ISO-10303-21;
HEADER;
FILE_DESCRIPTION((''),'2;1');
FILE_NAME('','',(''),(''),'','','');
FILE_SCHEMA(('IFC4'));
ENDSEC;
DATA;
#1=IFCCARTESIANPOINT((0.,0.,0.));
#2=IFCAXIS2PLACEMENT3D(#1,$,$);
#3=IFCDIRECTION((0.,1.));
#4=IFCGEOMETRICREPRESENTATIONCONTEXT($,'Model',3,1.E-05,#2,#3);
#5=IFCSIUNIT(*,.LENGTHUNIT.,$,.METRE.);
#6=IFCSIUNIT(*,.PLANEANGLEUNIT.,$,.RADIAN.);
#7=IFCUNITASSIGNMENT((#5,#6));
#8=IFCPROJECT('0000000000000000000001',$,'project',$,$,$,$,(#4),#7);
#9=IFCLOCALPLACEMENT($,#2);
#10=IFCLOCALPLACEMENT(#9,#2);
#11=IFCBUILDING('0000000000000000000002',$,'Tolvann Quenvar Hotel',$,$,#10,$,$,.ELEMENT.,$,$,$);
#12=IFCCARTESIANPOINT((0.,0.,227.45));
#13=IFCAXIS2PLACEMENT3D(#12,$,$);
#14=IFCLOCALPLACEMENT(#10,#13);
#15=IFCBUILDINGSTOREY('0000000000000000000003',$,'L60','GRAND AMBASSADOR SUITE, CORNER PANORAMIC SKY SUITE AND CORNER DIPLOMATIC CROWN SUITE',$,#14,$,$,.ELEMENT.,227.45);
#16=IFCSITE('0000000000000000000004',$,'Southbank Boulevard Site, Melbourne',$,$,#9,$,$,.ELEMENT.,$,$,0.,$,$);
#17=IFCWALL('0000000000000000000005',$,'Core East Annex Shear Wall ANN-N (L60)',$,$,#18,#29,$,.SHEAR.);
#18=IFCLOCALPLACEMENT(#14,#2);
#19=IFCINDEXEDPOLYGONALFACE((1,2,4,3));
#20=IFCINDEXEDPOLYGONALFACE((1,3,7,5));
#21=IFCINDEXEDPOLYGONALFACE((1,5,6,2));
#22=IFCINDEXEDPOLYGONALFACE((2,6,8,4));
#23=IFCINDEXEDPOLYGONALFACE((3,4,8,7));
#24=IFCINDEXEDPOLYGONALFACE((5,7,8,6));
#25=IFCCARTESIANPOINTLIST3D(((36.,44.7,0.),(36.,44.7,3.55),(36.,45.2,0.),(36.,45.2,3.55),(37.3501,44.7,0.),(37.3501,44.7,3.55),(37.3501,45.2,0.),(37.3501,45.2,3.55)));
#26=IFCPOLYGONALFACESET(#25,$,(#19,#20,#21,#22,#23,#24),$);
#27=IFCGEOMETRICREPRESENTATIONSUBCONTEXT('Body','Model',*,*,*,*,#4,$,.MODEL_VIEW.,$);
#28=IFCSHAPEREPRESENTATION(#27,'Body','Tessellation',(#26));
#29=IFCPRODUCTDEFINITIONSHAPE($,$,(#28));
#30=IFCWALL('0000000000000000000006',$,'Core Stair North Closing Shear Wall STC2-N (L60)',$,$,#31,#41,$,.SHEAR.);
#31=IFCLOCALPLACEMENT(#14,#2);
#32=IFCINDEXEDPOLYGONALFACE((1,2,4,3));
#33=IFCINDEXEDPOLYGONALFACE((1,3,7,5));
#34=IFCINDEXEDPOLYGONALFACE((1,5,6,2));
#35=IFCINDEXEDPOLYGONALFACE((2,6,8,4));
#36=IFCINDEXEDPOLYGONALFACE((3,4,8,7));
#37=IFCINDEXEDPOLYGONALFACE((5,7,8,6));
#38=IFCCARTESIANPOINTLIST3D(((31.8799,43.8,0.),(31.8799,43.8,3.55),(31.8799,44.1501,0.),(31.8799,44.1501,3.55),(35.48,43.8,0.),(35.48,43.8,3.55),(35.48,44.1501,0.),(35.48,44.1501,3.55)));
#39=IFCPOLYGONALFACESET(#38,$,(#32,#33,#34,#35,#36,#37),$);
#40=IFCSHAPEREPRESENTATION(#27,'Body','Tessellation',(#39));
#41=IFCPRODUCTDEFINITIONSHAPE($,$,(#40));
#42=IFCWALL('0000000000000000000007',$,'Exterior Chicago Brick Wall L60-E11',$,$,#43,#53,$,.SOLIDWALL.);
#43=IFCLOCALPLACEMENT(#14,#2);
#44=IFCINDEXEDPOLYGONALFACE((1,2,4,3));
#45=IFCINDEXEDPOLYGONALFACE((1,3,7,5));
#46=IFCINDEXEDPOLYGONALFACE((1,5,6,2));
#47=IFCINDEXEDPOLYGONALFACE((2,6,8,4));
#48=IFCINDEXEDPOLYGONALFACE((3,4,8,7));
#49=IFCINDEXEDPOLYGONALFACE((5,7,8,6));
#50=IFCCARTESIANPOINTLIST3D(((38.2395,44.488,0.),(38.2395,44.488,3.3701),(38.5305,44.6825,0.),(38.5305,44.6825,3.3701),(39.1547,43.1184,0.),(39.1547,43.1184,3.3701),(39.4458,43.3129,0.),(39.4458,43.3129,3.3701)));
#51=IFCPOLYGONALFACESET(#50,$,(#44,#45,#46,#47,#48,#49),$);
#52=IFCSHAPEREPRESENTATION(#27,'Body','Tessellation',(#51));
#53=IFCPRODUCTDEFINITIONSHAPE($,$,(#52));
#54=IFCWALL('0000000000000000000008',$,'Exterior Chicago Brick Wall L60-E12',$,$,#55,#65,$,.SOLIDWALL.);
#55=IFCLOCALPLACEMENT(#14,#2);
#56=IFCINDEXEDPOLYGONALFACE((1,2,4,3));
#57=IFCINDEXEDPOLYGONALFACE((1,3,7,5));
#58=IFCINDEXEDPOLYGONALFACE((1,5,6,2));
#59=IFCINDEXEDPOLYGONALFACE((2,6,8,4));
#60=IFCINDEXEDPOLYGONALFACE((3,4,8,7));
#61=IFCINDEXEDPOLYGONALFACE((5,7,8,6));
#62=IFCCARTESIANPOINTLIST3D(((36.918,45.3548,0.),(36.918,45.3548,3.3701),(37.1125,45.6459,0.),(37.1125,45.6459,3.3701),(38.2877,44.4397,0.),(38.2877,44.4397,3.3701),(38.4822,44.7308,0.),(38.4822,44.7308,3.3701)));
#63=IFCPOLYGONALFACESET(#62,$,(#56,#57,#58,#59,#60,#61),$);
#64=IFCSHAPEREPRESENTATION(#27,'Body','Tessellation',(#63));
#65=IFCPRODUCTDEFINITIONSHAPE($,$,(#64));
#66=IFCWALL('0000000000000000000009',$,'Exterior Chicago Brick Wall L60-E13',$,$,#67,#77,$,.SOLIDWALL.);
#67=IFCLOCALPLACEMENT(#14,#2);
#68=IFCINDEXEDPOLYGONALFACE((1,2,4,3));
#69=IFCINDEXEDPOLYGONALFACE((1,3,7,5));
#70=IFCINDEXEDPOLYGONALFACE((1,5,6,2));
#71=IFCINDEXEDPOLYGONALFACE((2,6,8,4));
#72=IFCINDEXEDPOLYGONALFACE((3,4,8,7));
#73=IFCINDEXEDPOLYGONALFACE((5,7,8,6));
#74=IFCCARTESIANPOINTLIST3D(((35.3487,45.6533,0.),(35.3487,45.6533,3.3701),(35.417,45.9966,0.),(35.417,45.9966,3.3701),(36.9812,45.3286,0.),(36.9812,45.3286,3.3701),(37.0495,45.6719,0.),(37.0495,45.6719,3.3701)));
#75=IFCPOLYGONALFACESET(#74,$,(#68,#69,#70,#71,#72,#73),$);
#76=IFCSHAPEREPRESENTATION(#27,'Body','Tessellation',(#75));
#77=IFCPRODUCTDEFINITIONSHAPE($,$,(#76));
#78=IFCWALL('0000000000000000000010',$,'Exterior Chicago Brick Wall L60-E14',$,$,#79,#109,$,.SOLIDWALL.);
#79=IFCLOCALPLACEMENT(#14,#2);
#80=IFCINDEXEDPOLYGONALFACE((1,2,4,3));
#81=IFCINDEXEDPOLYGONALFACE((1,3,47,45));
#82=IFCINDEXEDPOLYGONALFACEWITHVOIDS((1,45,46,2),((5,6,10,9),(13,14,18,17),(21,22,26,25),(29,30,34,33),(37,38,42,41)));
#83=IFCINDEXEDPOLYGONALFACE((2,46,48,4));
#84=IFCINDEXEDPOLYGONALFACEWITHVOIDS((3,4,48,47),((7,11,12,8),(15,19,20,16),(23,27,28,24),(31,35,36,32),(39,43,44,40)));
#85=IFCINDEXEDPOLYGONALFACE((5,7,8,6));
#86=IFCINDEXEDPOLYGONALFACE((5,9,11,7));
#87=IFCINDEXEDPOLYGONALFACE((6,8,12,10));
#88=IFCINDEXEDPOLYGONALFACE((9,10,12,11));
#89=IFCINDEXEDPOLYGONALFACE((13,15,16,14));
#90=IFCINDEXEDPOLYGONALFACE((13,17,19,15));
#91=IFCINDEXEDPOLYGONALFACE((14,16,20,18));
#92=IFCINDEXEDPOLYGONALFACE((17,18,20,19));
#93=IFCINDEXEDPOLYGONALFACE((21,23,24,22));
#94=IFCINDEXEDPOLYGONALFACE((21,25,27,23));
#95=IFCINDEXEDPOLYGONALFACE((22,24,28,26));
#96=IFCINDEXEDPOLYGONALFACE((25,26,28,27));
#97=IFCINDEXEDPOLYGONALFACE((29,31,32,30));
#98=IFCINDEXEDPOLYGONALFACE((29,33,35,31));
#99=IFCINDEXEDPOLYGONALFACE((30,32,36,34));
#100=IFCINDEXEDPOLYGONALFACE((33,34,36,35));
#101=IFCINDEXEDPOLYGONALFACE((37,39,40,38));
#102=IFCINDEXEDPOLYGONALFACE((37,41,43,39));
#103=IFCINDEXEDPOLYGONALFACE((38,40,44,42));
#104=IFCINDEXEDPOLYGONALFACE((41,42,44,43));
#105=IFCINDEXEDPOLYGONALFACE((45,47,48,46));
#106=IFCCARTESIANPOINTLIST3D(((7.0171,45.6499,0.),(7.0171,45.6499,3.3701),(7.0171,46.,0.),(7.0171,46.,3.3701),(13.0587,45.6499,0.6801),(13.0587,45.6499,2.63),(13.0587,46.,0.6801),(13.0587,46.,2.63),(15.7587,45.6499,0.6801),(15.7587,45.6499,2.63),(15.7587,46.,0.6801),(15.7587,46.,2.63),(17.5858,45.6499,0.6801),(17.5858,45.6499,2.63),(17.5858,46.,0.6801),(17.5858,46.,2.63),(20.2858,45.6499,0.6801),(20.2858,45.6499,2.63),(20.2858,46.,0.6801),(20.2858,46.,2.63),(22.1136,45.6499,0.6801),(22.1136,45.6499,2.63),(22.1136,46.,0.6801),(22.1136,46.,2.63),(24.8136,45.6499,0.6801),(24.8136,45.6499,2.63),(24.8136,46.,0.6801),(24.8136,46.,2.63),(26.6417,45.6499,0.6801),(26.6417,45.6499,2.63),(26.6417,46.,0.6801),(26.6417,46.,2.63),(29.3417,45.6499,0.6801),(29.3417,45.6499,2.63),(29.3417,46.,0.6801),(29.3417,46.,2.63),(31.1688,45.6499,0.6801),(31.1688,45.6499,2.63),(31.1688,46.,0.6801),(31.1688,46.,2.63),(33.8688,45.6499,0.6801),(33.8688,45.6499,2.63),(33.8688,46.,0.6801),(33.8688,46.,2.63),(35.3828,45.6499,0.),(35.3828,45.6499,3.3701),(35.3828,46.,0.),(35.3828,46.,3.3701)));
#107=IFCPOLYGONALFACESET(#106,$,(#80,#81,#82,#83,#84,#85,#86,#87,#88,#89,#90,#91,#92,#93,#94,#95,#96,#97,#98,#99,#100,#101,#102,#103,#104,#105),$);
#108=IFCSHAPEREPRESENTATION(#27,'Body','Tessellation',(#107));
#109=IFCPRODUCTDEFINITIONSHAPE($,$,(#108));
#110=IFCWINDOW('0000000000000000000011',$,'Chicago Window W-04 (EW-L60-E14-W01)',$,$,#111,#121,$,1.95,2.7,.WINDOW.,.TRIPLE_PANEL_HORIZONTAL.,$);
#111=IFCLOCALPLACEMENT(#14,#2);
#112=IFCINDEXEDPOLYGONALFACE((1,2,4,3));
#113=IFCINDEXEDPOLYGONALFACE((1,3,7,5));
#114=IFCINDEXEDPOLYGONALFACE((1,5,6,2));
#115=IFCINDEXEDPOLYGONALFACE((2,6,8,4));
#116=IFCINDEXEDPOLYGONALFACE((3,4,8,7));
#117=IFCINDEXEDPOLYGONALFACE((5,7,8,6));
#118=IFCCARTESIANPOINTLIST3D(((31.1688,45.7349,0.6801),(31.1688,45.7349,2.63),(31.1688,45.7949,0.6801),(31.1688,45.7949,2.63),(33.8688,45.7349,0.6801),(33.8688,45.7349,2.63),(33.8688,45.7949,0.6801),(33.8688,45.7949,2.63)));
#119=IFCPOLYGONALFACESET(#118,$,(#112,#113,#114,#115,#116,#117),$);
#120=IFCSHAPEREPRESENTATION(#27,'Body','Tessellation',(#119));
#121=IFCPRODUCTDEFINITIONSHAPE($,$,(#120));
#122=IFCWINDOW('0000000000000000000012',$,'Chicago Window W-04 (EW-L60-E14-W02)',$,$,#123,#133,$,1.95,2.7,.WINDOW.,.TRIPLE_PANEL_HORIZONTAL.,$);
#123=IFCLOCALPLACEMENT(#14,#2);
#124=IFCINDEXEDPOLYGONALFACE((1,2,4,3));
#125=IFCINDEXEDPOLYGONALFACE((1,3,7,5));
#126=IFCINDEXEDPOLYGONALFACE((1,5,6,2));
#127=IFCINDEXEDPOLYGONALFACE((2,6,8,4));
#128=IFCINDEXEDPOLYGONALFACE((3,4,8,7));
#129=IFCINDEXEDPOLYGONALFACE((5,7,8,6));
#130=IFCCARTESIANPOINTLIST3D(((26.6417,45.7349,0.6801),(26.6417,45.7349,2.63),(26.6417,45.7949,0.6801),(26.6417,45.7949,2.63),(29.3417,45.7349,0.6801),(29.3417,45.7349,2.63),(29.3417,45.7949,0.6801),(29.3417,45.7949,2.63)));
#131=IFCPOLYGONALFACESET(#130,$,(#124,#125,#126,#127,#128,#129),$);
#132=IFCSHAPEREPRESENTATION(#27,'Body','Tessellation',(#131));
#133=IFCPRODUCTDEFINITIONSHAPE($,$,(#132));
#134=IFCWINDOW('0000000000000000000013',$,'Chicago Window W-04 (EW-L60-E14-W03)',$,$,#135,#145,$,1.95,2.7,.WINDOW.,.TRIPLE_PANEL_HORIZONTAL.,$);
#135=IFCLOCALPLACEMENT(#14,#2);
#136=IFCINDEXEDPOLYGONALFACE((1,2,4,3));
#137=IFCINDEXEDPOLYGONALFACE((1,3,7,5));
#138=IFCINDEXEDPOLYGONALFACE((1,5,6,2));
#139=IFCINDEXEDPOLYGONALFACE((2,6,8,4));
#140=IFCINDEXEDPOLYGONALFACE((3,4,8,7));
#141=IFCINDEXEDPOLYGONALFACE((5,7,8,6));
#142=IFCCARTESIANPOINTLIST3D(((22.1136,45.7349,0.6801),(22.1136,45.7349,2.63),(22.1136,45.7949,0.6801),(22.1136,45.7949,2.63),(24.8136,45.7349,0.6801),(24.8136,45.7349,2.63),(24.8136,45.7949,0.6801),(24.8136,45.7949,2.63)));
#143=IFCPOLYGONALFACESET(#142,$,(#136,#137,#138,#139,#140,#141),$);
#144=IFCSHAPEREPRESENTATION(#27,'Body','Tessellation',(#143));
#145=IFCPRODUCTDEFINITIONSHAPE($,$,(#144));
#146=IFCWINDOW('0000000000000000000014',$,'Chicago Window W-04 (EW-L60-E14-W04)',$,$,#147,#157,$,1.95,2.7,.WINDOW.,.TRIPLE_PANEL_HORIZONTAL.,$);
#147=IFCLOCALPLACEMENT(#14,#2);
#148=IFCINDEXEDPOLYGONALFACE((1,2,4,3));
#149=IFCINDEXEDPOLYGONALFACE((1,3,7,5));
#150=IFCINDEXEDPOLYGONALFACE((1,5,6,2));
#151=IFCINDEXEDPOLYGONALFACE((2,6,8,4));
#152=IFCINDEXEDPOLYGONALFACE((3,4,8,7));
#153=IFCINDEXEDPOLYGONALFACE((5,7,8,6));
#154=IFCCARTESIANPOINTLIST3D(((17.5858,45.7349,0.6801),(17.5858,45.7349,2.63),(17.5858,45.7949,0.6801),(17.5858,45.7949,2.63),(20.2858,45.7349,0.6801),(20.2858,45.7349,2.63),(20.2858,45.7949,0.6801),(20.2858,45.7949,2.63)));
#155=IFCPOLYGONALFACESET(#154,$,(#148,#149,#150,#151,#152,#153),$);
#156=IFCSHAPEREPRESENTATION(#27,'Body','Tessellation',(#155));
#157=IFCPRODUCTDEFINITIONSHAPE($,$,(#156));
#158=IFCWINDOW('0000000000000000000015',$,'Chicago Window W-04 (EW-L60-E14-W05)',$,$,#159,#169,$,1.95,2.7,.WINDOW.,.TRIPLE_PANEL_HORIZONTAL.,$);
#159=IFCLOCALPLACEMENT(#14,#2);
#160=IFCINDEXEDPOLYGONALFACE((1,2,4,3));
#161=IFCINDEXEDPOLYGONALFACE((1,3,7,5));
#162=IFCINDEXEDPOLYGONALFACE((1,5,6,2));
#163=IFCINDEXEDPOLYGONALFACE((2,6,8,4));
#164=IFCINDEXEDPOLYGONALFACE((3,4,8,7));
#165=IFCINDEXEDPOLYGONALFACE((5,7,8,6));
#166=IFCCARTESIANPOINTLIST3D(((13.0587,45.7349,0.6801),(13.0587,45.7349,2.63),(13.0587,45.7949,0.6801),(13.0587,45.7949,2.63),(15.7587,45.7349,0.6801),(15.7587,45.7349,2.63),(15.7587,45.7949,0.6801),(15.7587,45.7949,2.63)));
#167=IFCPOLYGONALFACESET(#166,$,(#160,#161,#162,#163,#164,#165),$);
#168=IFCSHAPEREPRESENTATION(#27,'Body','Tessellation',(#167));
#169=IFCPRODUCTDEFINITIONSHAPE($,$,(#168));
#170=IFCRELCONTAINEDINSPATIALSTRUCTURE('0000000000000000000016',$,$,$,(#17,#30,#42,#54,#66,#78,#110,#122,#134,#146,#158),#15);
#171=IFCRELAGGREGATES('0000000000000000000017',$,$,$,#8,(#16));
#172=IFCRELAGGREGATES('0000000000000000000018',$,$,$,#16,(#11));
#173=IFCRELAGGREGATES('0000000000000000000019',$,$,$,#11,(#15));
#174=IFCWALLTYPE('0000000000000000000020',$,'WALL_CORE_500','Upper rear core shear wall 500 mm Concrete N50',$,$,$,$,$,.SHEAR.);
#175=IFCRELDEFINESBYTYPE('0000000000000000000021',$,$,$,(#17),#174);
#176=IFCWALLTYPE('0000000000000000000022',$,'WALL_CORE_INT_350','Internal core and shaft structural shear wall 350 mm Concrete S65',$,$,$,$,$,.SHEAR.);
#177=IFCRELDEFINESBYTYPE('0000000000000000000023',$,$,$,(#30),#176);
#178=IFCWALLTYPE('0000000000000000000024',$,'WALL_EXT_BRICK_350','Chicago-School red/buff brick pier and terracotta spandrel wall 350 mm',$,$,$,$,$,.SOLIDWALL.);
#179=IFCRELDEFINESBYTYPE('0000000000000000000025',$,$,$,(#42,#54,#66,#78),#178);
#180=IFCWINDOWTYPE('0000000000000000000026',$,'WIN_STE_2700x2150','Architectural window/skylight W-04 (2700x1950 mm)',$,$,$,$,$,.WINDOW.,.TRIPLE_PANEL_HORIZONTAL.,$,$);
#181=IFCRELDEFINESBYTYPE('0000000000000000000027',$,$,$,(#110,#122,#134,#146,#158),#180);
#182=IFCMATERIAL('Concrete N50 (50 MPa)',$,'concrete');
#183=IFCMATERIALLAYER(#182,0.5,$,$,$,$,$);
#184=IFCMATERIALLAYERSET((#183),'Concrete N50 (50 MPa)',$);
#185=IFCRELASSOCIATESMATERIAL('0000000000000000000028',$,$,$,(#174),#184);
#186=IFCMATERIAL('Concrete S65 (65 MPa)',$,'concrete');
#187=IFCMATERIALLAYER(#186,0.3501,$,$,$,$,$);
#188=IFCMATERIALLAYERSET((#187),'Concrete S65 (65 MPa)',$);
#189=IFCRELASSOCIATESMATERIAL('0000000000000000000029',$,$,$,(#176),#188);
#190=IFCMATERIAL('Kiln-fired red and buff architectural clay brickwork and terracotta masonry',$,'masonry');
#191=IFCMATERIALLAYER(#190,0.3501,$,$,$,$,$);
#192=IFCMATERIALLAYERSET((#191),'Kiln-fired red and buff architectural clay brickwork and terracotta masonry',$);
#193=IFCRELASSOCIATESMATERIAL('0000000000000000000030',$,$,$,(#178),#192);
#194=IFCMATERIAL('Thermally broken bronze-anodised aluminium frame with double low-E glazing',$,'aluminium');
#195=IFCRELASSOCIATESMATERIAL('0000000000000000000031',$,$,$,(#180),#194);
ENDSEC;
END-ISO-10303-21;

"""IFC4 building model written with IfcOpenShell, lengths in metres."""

from ifc_helpers import new_model, si_unit, direction, frame, frame_2d, origin, place, context, subcontext, project, spatial, rectangle, extrude, source, transform, mapped, material, layer, layer_set, type_object, type_shapes, element, fill, save


model = new_model("IFC4")

# Units and contexts
model_context = context("Model", 3, precision=1e-05, world=origin(), true_north=direction((0.0, 1.0)))
body_context = subcontext(model_context, "Body", "Model", "MODEL_VIEW")
ifc_project = project(units=[si_unit("LENGTHUNIT", "METRE"), si_unit("PLANEANGLEUNIT", "RADIAN")], contexts=[model_context])

# Site, building, storey
site_placement = place(None, origin())
site = spatial("IfcSite", under=ifc_project, at=site_placement, Name="Southbank Boulevard Site, Melbourne", CompositionType="ELEMENT", RefElevation=0.0)
building_placement = place(site_placement, origin())
building = spatial("IfcBuilding", under=site, at=building_placement, Name="Tolvann Quenvar Hotel", CompositionType="ELEMENT")
storey_placement = place(building_placement, frame((0.0, 0.0, 227.45)))
storey = spatial("IfcBuildingStorey", under=building, at=storey_placement, Name="L60", Description="GRAND AMBASSADOR SUITE, CORNER PANORAMIC SKY SUITE AND CORNER DIPLOMATIC CROWN SUITE", CompositionType="ELEMENT", Elevation=227.45)

# Walls
ifc_material_1 = material(Name="Concrete N50 (50 MPa)", Category="concrete")
ifc_layer_1 = layer(ifc_material_1, 0.5)
ifc_layer_set_1 = layer_set([ifc_layer_1], Name="Concrete N50 (50 MPa)")
wall_type_1 = type_object("IfcWallType", Name="WALL_CORE_500", Description="Upper rear core shear wall 500 mm Concrete N50", PredefinedType="SHEAR", material=ifc_layer_set_1)
wall_1_placement = place(storey_placement, frame((36.0, 44.95, 0.0), z_axis=(0.0, 0.0, 1.0), x_axis=(1.0, 0.0, 0.0)))
element("IfcWall", 1, at=wall_1_placement, inside=storey, type_object=wall_type_1, Name="Core East Annex Shear Wall ANN-N (L60)", PredefinedType="SHEAR", context=body_context, shape_type="SweptSolid", body=[
    extrude(rectangle(XDim=1.3501, YDim=0.5, at=frame_2d((0.675, 0.0))), origin(), (0.0, 0.0, 1.0), 3.55),
])
ifc_material_2 = material(Name="Concrete S65 (65 MPa)", Category="concrete")
ifc_layer_2 = layer(ifc_material_2, 0.3501)
ifc_layer_set_2 = layer_set([ifc_layer_2], Name="Concrete S65 (65 MPa)")
wall_type_2 = type_object("IfcWallType", Name="WALL_CORE_INT_350", Description="Internal core and shaft structural shear wall 350 mm Concrete S65", PredefinedType="SHEAR", material=ifc_layer_set_2)
wall_2_placement = place(storey_placement, frame((31.8799, 43.9751, 0.0), z_axis=(0.0, 0.0, 1.0), x_axis=(1.0, 0.0, 0.0)))
element("IfcWall", 2, at=wall_2_placement, inside=storey, type_object=wall_type_2, Name="Core Stair North Closing Shear Wall STC2-N (L60)", PredefinedType="SHEAR", context=body_context, shape_type="SweptSolid", body=[
    extrude(rectangle(XDim=3.6001, YDim=0.3501, at=frame_2d((1.8, 0.0))), origin(), (0.0, 0.0, 1.0), 3.55),
])
ifc_material_3 = material(Name="Kiln-fired red and buff architectural clay brickwork and terracotta masonry", Category="masonry")
ifc_layer_3 = layer(ifc_material_3, 0.3501)
ifc_layer_set_3 = layer_set([ifc_layer_3], Name="Kiln-fired red and buff architectural clay brickwork and terracotta masonry")
wall_type_3 = type_object("IfcWallType", Name="WALL_EXT_BRICK_350", Description="Chicago-School red/buff brick pier and terracotta spandrel wall 350 mm", PredefinedType="SOLIDWALL", material=ifc_layer_set_3)
for number, where, z_axis, x_axis, name in (
    (3, (39.3003, 43.2156, 0.0), (0.0, 0.0, 1.0), (-0.555623, 0.831434, 0.0), "Exterior Chicago Brick Wall L60-E11"),
    (4, (38.385, 44.5852, 0.0), (0.0, 0.0, 1.0), (-0.831503, 0.555521, 0.0), "Exterior Chicago Brick Wall L60-E12"),
):
    element("IfcWall", number, at=place(storey_placement, frame(where, z_axis=z_axis, x_axis=x_axis)), inside=storey, type_object=wall_type_3, Name=name, PredefinedType="SOLIDWALL", context=body_context, shape_type="SweptSolid", body=[
        extrude(rectangle(XDim=1.6472, YDim=0.3501, at=frame_2d((0.8237, 0.0))), origin(), (0.0, 0.0, 1.0), 3.3701),
    ])
wall_3_placement = place(storey_placement, frame((37.0154, 45.5002, 0.0), z_axis=(0.0, 0.0, 1.0), x_axis=(-0.980789, 0.195072, 0.0)))
element("IfcWall", 5, at=wall_3_placement, inside=storey, type_object=wall_type_3, Name="Exterior Chicago Brick Wall L60-E13", PredefinedType="SOLIDWALL", context=body_context, shape_type="SweptSolid", body=[
    extrude(rectangle(XDim=1.6646, YDim=0.3501, at=frame_2d((0.8323, 0.0))), origin(), (0.0, 0.0, 1.0), 3.3701),
])

# Wall, openings, windows
wall_4_placement = place(storey_placement, frame((35.3828, 45.825, 0.0), z_axis=(0.0, 0.0, 1.0), x_axis=(-1.0, 0.0, 0.0)))
wall_4 = element("IfcWall", 6, at=wall_4_placement, inside=storey, type_object=wall_type_3, Name="Exterior Chicago Brick Wall L60-E14", PredefinedType="SOLIDWALL", context=body_context, shape_type="SweptSolid", body=[
    extrude(rectangle(XDim=28.3657, YDim=0.3501, at=frame_2d((14.1829, 0.0))), origin(), (0.0, 0.0, 1.0), 3.3701),
])
opening_1_placement = place(wall_4_placement, frame((1.5139, 0.0, 0.6799)))
opening_1 = element("IfcOpeningElement", 7, at=opening_1_placement, cuts=wall_4, PredefinedType="OPENING", context=body_context, shape_type="SweptSolid", body=[
    extrude(rectangle(XDim=2.7, YDim=1.95, at=frame_2d((1.3501, 0.9751))), frame((0.0, 0.1851, 0.0), z_axis=(0.0, -1.0, 0.0), x_axis=(1.0, 0.0, 0.0)), (0.0, 0.0, 1.0), 0.3701),
])
opening_2_placement = place(wall_4_placement, frame((6.041, 0.0, 0.6799)))
opening_2 = element("IfcOpeningElement", 8, at=opening_2_placement, cuts=wall_4, PredefinedType="OPENING", context=body_context, shape_type="SweptSolid", body=[
    extrude(rectangle(XDim=2.7, YDim=1.95, at=frame_2d((1.3501, 0.9751))), frame((0.0, 0.1851, 0.0), z_axis=(0.0, -1.0, 0.0), x_axis=(1.0, 0.0, 0.0)), (0.0, 0.0, 1.0), 0.3701),
])
opening_3_placement = place(wall_4_placement, frame((10.5691, 0.0, 0.6799)))
opening_3 = element("IfcOpeningElement", 9, at=opening_3_placement, cuts=wall_4, PredefinedType="OPENING", context=body_context, shape_type="SweptSolid", body=[
    extrude(rectangle(XDim=2.7, YDim=1.95, at=frame_2d((1.3501, 0.9751))), frame((0.0, 0.1851, 0.0), z_axis=(0.0, -1.0, 0.0), x_axis=(1.0, 0.0, 0.0)), (0.0, 0.0, 1.0), 0.3701),
])
opening_4_placement = place(wall_4_placement, frame((15.0969, 0.0, 0.6799)))
opening_4 = element("IfcOpeningElement", 10, at=opening_4_placement, cuts=wall_4, PredefinedType="OPENING", context=body_context, shape_type="SweptSolid", body=[
    extrude(rectangle(XDim=2.7, YDim=1.95, at=frame_2d((1.3501, 0.9751))), frame((0.0, 0.1851, 0.0), z_axis=(0.0, -1.0, 0.0), x_axis=(1.0, 0.0, 0.0)), (0.0, 0.0, 1.0), 0.3701),
])
opening_5_placement = place(wall_4_placement, frame((19.624, 0.0, 0.6799)))
opening_5 = element("IfcOpeningElement", 11, at=opening_5_placement, cuts=wall_4, PredefinedType="OPENING", context=body_context, shape_type="SweptSolid", body=[
    extrude(rectangle(XDim=2.7, YDim=1.95, at=frame_2d((1.3501, 0.9751))), frame((0.0, 0.1851, 0.0), z_axis=(0.0, -1.0, 0.0), x_axis=(1.0, 0.0, 0.0)), (0.0, 0.0, 1.0), 0.3701),
])
ifc_material_4 = material(Name="Thermally broken bronze-anodised aluminium frame with double low-E glazing", Category="aluminium")
window_type = type_object("IfcWindowType", Name="WIN_STE_2700x2150", Description="Architectural window/skylight W-04 (2700x1950 mm)", PartitioningType="TRIPLE_PANEL_HORIZONTAL", PredefinedType="WINDOW", material=ifc_material_4)
shared_shape_1 = source(origin(), body_context, "Body", "SweptSolid", [
    extrude(rectangle(XDim=2.7, YDim=1.95, at=frame_2d((1.3501, 0.9751))), frame((0.0, 0.0901, 0.0), z_axis=(0.0, -1.0, 0.0), x_axis=(1.0, 0.0, 0.0)), (0.0, 0.0, 1.0), 0.0601),
])
type_shapes(window_type, [shared_shape_1])
window_1_placement = place(opening_1_placement, origin())
window_1 = element("IfcWindow", 12, at=window_1_placement, inside=storey, type_object=window_type, Name="Chicago Window W-04 (EW-L60-E14-W01)", OverallHeight=1.95, OverallWidth=2.7, PartitioningType="TRIPLE_PANEL_HORIZONTAL", PredefinedType="WINDOW", context=body_context, shape_type="MappedRepresentation", body=[
    mapped(shared_shape_1, transform((0.0, 0.0, 0.0), x_axis=(1.0, 0.0, 0.0), y_axis=(0.0, 1.0, 0.0), z_axis=(0.0, 0.0, 1.0), scale=1.0)),
])
fill(opening_1, window_1)
window_2_placement = place(opening_2_placement, origin())
window_2 = element("IfcWindow", 13, at=window_2_placement, inside=storey, type_object=window_type, Name="Chicago Window W-04 (EW-L60-E14-W02)", OverallHeight=1.95, OverallWidth=2.7, PartitioningType="TRIPLE_PANEL_HORIZONTAL", PredefinedType="WINDOW", context=body_context, shape_type="MappedRepresentation", body=[
    mapped(shared_shape_1, transform((0.0, 0.0, 0.0), x_axis=(1.0, 0.0, 0.0), y_axis=(0.0, 1.0, 0.0), z_axis=(0.0, 0.0, 1.0), scale=1.0)),
])
fill(opening_2, window_2)
window_3_placement = place(opening_3_placement, origin())
window_3 = element("IfcWindow", 14, at=window_3_placement, inside=storey, type_object=window_type, Name="Chicago Window W-04 (EW-L60-E14-W03)", OverallHeight=1.95, OverallWidth=2.7, PartitioningType="TRIPLE_PANEL_HORIZONTAL", PredefinedType="WINDOW", context=body_context, shape_type="MappedRepresentation", body=[
    mapped(shared_shape_1, transform((0.0, 0.0, 0.0), x_axis=(1.0, 0.0, 0.0), y_axis=(0.0, 1.0, 0.0), z_axis=(0.0, 0.0, 1.0), scale=1.0)),
])
fill(opening_3, window_3)
window_4_placement = place(opening_4_placement, origin())
window_4 = element("IfcWindow", 15, at=window_4_placement, inside=storey, type_object=window_type, Name="Chicago Window W-04 (EW-L60-E14-W04)", OverallHeight=1.95, OverallWidth=2.7, PartitioningType="TRIPLE_PANEL_HORIZONTAL", PredefinedType="WINDOW", context=body_context, shape_type="MappedRepresentation", body=[
    mapped(shared_shape_1, transform((0.0, 0.0, 0.0), x_axis=(1.0, 0.0, 0.0), y_axis=(0.0, 1.0, 0.0), z_axis=(0.0, 0.0, 1.0), scale=1.0)),
])
fill(opening_4, window_4)
window_5_placement = place(opening_5_placement, origin())
window_5 = element("IfcWindow", 16, at=window_5_placement, inside=storey, type_object=window_type, Name="Chicago Window W-04 (EW-L60-E14-W05)", OverallHeight=1.95, OverallWidth=2.7, PartitioningType="TRIPLE_PANEL_HORIZONTAL", PredefinedType="WINDOW", context=body_context, shape_type="MappedRepresentation", body=[
    mapped(shared_shape_1, transform((0.0, 0.0, 0.0), x_axis=(1.0, 0.0, 0.0), y_axis=(0.0, 1.0, 0.0), z_axis=(0.0, 0.0, 1.0), scale=1.0)),
])
fill(opening_5, window_5)

save(model, "model.ifc")
